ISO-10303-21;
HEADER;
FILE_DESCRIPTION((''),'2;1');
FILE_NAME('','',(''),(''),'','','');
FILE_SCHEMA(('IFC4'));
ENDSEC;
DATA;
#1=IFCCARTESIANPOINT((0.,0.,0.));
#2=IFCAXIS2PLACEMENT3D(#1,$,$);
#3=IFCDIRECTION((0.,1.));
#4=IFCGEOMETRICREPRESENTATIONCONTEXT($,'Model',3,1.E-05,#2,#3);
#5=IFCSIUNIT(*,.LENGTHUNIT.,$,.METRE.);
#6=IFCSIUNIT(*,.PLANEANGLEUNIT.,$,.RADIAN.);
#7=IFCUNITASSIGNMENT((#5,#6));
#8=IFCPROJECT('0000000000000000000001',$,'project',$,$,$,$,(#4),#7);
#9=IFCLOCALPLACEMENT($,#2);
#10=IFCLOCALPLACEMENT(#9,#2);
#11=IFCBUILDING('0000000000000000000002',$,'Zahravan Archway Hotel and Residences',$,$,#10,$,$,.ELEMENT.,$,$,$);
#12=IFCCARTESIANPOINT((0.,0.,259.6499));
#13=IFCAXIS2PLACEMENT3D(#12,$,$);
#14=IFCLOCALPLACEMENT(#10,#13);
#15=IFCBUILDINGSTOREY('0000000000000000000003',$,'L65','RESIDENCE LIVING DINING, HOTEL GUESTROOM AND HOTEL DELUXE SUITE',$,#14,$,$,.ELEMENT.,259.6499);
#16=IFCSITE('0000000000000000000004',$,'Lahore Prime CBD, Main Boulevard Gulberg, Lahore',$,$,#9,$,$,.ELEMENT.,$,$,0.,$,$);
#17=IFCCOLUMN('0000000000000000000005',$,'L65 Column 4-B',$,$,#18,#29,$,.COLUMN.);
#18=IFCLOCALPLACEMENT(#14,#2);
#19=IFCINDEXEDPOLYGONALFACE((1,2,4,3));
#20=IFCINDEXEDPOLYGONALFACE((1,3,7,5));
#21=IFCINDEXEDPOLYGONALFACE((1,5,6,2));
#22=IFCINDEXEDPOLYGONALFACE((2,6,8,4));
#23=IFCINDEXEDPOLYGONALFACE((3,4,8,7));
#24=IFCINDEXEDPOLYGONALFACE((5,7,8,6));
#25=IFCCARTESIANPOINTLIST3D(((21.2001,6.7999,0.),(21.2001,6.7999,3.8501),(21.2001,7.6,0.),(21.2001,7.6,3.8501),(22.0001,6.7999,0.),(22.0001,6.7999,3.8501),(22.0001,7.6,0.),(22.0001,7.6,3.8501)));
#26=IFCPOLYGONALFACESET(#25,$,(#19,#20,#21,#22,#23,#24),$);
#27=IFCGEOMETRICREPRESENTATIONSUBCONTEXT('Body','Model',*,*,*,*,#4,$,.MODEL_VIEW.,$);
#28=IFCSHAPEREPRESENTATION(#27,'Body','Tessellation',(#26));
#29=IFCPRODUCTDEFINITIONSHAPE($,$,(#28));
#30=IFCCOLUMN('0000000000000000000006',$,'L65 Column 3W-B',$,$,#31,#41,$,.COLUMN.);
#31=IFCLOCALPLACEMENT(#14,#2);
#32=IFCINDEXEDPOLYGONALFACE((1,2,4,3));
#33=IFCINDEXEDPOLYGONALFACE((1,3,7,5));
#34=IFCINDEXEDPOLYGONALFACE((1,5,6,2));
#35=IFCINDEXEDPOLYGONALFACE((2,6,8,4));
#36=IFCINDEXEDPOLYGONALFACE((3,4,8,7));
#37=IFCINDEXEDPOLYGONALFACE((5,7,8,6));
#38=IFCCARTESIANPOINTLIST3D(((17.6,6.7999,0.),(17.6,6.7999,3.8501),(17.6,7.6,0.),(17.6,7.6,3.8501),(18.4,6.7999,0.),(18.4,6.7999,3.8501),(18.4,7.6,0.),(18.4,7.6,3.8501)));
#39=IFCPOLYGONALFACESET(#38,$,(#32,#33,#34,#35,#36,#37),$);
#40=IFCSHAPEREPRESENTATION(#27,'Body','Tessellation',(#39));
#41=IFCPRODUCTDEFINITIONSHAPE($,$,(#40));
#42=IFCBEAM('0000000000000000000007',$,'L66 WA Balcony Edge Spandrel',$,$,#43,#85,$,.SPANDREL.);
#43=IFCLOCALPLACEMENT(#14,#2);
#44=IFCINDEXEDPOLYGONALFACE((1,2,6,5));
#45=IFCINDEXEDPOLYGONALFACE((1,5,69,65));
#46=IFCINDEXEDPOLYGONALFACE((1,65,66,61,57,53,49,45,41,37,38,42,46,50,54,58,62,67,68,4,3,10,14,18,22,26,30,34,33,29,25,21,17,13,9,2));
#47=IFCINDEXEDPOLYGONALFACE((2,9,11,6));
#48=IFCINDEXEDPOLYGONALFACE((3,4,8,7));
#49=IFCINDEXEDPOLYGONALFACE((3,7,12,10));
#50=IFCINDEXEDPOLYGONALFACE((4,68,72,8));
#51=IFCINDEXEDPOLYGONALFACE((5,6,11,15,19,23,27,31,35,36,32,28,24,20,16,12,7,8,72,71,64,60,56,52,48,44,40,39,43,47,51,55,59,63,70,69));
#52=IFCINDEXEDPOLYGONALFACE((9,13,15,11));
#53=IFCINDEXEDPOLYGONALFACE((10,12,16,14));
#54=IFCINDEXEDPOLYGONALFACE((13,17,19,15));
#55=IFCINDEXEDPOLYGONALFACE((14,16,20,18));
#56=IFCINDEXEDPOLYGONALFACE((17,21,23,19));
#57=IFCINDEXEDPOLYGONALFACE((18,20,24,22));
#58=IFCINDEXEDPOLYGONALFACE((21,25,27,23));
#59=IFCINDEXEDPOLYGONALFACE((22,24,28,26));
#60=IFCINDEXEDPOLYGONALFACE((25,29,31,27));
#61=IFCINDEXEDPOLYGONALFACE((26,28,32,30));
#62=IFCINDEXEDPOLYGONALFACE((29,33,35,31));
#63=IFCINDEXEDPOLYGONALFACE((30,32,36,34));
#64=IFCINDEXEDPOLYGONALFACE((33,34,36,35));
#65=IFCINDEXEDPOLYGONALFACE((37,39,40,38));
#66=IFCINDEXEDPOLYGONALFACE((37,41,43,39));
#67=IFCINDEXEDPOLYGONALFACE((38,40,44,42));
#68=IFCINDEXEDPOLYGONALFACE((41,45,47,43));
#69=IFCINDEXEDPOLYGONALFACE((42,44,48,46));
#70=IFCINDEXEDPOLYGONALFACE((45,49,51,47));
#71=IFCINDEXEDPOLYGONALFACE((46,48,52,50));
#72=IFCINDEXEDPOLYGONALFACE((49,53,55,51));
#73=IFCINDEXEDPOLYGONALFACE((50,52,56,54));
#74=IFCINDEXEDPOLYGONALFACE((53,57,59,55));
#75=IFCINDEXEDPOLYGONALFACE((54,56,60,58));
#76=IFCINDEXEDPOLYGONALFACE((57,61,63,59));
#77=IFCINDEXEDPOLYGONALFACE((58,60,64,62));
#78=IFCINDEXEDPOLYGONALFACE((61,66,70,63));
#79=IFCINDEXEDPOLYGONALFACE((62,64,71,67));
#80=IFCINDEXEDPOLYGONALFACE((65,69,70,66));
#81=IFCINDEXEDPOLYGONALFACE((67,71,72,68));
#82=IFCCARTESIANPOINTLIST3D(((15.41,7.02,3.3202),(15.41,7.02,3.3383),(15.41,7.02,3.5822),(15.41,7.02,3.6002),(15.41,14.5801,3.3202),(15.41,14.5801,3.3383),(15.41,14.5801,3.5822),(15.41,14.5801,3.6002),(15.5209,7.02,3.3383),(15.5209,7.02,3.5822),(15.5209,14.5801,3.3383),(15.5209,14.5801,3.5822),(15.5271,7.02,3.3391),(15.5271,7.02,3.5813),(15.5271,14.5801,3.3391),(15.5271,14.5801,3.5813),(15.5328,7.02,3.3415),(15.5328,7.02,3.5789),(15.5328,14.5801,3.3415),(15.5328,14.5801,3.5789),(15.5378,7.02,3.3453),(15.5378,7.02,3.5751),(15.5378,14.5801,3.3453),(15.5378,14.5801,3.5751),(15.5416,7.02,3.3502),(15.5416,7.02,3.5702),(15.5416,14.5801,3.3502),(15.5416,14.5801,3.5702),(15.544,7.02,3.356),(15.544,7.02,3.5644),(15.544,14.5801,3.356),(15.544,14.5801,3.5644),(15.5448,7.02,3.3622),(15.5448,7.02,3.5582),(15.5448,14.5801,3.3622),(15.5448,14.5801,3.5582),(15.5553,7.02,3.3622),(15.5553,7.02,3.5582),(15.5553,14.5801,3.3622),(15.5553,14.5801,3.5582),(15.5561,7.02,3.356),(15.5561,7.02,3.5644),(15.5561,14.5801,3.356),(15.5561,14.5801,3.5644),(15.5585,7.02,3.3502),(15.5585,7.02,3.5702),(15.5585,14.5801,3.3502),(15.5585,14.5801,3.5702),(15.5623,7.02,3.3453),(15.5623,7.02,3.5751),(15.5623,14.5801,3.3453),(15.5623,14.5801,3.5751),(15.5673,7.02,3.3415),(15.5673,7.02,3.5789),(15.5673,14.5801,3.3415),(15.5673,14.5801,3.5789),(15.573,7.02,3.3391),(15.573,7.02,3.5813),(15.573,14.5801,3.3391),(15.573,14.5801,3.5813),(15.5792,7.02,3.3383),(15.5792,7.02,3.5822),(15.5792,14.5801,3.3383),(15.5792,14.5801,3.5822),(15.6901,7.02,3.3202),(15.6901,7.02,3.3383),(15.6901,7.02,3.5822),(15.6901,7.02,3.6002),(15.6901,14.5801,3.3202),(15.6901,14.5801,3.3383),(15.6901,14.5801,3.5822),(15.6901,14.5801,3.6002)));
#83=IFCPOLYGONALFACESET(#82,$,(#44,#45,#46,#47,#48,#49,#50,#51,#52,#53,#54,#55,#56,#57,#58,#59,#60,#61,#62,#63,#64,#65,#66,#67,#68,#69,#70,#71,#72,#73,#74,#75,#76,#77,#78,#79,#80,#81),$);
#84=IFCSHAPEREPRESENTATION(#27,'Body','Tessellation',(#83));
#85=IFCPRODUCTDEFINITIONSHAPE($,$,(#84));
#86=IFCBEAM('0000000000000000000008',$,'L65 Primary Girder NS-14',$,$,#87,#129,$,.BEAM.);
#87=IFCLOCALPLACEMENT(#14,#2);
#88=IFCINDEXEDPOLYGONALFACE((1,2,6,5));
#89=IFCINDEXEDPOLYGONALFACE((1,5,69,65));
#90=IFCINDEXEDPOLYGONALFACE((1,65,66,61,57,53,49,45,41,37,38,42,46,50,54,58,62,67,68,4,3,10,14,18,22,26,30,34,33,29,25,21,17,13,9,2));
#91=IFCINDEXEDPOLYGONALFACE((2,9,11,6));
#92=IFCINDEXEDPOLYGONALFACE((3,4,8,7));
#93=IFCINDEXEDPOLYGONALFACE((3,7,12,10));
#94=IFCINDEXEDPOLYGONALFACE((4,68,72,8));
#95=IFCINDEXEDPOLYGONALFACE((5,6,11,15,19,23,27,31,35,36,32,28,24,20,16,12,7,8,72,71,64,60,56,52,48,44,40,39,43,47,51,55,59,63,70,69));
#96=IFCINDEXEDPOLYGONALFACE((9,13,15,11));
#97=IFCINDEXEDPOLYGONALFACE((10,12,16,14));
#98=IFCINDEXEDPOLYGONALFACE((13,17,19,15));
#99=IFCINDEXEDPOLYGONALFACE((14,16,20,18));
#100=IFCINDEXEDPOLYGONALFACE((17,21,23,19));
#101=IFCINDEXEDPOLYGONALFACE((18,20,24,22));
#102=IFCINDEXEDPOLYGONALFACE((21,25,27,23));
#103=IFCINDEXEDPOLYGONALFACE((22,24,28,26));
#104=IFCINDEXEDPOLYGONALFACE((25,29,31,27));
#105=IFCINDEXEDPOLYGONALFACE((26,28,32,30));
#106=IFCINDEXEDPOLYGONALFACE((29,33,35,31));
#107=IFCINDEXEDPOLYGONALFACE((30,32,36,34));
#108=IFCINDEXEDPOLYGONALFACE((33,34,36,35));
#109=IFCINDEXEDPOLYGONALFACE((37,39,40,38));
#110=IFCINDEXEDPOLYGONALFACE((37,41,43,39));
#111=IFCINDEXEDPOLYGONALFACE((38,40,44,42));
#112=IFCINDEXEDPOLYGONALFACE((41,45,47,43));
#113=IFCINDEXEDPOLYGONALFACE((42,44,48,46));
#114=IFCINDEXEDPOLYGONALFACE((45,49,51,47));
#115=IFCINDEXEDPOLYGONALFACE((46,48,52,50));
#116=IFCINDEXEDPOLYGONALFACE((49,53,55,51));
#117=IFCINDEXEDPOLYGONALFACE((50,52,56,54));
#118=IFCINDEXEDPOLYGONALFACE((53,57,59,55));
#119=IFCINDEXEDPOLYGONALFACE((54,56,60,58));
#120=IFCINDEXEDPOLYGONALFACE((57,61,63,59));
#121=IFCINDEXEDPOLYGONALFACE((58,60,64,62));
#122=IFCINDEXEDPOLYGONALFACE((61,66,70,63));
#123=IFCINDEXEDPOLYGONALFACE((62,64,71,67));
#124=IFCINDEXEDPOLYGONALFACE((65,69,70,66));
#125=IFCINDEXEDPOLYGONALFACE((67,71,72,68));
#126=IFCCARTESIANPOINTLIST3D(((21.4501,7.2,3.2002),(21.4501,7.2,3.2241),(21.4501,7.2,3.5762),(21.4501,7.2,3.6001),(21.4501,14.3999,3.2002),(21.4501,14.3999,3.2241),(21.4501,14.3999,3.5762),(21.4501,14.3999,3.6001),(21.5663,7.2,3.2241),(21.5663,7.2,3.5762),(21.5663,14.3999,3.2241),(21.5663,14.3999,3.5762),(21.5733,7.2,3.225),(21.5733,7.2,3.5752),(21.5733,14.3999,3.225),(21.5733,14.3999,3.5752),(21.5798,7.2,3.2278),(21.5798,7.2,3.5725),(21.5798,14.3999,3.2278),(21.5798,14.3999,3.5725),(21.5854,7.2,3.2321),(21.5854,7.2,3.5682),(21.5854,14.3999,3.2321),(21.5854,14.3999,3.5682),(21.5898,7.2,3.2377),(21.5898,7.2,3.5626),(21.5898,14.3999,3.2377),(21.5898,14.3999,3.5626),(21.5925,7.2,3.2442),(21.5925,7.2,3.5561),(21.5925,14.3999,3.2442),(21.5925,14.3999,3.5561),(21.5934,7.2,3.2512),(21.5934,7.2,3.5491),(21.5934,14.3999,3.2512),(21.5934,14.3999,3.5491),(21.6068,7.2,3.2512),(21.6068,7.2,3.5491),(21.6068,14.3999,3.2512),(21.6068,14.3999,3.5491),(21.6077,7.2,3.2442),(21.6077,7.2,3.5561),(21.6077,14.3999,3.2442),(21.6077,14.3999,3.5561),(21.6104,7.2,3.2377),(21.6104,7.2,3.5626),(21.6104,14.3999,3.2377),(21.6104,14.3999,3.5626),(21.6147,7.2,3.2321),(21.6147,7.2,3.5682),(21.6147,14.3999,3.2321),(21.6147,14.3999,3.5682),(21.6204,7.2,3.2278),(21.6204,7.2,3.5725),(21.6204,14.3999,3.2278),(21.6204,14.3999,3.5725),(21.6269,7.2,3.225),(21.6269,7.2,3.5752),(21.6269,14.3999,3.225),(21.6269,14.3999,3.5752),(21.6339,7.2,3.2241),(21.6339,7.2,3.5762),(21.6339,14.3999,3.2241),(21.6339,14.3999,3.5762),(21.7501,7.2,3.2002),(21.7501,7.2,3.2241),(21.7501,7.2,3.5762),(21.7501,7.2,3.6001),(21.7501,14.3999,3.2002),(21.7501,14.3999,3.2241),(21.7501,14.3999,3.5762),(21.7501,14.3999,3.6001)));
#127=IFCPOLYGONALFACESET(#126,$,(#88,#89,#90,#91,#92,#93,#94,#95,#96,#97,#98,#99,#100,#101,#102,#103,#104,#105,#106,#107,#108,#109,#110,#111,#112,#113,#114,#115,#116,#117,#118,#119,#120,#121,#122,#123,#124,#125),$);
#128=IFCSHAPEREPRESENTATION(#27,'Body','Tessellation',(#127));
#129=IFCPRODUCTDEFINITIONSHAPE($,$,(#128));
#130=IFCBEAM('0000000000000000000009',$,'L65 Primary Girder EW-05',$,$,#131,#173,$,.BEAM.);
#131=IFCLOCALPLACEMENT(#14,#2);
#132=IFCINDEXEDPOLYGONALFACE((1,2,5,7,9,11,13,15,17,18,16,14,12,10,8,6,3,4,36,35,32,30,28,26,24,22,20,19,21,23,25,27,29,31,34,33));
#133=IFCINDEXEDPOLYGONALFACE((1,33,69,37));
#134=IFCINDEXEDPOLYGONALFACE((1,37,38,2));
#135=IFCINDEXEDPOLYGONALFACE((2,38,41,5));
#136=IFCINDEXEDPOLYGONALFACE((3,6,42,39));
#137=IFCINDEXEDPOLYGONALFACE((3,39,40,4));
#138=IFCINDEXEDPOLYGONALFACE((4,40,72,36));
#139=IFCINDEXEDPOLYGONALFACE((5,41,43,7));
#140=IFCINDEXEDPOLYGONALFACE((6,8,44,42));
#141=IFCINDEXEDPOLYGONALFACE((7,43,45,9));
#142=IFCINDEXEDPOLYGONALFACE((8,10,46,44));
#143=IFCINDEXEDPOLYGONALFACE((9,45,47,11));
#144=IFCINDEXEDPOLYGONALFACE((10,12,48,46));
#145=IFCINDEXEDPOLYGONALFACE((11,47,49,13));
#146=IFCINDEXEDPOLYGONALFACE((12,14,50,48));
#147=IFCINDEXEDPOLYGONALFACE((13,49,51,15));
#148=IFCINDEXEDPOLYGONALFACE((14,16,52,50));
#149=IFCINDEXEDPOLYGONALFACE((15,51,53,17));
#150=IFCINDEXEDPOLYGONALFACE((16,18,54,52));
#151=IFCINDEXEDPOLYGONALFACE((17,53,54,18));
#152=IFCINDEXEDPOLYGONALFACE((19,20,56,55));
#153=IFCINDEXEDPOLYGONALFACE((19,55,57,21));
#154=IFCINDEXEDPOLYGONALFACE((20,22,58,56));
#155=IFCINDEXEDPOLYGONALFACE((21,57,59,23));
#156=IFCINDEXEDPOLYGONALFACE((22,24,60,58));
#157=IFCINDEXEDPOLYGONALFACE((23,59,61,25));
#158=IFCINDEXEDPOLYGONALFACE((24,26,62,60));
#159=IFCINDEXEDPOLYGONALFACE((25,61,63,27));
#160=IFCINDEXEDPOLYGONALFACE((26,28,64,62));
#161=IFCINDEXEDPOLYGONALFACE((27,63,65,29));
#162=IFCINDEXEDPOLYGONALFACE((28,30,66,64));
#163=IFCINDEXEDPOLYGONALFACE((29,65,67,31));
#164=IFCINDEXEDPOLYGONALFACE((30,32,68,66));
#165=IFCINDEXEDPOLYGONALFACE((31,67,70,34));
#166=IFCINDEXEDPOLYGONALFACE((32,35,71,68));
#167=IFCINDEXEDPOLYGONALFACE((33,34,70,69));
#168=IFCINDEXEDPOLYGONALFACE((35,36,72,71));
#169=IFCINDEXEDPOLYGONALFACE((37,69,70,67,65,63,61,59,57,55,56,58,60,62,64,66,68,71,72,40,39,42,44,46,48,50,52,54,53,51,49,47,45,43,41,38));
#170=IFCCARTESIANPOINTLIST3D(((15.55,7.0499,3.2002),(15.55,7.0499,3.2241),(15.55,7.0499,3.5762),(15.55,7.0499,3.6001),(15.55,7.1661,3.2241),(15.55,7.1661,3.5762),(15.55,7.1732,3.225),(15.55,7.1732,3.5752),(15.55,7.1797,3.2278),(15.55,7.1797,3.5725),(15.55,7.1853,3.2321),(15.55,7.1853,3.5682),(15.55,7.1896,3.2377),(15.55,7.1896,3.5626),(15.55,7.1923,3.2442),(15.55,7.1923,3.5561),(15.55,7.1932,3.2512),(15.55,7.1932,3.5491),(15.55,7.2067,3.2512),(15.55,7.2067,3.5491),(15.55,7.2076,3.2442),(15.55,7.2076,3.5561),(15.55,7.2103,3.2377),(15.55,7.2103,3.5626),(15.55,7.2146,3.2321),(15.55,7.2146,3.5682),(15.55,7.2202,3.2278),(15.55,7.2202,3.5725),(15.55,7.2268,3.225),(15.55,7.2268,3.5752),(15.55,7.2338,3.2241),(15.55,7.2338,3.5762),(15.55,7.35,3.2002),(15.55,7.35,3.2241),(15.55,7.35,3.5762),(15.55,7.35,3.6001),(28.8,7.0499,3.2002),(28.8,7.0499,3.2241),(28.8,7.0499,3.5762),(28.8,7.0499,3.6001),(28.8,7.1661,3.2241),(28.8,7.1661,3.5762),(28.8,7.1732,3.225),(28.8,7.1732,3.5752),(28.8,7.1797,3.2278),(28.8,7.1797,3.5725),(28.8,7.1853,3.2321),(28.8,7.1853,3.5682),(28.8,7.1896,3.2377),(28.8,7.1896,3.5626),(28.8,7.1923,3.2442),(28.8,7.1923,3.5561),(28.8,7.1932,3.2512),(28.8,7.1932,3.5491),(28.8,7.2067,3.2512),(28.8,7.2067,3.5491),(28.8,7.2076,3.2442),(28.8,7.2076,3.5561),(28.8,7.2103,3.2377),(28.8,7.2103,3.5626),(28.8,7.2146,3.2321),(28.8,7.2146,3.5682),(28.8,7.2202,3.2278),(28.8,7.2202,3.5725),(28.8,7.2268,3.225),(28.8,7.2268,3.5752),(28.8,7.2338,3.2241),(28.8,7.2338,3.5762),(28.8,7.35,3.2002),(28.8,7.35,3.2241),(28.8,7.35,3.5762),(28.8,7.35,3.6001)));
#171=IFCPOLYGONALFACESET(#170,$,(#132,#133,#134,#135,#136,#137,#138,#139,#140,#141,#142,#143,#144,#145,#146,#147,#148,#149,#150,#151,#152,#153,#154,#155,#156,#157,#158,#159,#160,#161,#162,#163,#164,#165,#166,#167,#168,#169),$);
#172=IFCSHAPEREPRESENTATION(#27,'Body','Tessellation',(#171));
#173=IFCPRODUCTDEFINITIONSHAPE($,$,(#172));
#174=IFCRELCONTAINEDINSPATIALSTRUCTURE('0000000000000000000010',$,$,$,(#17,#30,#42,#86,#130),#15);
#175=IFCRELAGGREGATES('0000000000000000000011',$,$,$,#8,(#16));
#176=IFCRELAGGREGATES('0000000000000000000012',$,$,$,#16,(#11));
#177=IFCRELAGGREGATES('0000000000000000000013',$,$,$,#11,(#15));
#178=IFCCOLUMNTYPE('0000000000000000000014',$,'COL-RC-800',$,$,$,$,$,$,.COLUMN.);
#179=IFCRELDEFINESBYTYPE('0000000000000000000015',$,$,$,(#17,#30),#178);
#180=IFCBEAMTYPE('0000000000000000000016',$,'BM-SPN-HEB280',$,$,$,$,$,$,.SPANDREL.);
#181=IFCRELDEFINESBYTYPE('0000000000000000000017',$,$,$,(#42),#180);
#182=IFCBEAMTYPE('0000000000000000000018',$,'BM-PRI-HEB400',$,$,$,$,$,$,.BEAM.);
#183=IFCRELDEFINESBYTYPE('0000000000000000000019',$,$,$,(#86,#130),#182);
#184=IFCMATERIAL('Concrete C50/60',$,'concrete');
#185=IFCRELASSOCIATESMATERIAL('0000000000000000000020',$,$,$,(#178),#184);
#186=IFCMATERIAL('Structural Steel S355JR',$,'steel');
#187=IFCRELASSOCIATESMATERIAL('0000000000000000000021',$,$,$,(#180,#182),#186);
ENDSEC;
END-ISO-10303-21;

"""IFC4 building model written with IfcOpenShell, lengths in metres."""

from ifc_helpers import new_model, si_unit, direction, frame, origin, origin_2d, place, context, subcontext, project, spatial, rectangle, i_section, extrude, source, transform, mapped, material, material_profile, profile_set, type_object, type_shapes, element, save


model = new_model("IFC4")

# Units and contexts
model_context = context("Model", 3, precision=1e-05, world=origin(), true_north=direction((0.0, 1.0)))
body_context = subcontext(model_context, "Body", "Model", "MODEL_VIEW")
ifc_project = project(units=[si_unit("LENGTHUNIT", "METRE"), si_unit("PLANEANGLEUNIT", "RADIAN")], contexts=[model_context])

# Site, building, storey
site_placement = place(None, origin())
site = spatial("IfcSite", under=ifc_project, at=site_placement, Name="Lahore Prime CBD, Main Boulevard Gulberg, Lahore", CompositionType="ELEMENT", RefElevation=0.0)
building_placement = place(site_placement, origin())
building = spatial("IfcBuilding", under=site, at=building_placement, Name="Zahravan Archway Hotel and Residences", CompositionType="ELEMENT")
storey_placement = place(building_placement, frame((0.0, 0.0, 259.6499)))
storey = spatial("IfcBuildingStorey", under=building, at=storey_placement, Name="L65", Description="RESIDENCE LIVING DINING, HOTEL GUESTROOM AND HOTEL DELUXE SUITE", CompositionType="ELEMENT", Elevation=259.6499)

# Columns
ifc_material_1 = material(Name="Concrete C50/60", Category="concrete")
ifc_material_profile_1 = material_profile(ifc_material_1, rectangle(XDim=0.8, YDim=0.8, at=origin_2d()), Name="RC-COL-800x800", Category="concrete")
ifc_profile_set_1 = profile_set([ifc_material_profile_1], Name="Concrete C50/60")
column_type = type_object("IfcColumnType", Name="COL-RC-800", PredefinedType="COLUMN", material=ifc_profile_set_1)
shared_shape_1 = source(origin(), body_context, "Body", "SweptSolid", [
    extrude(rectangle(XDim=0.8, YDim=0.8, at=origin_2d()), origin(), (0.0, 0.0, 1.0), 3.8501),
])
for number, where, z_axis, x_axis, name in (
    (1, (21.6001, 7.2, 0.0), (0.0, 0.0, 1.0), (1.0, 0.0, 0.0), "L65 Column 4-B"),
    (2, (18.0, 7.2, 0.0), (0.0, 0.0, 1.0), (1.0, 0.0, 0.0), "L65 Column 3W-B"),
):
    element("IfcColumn", number, at=place(storey_placement, frame(where, z_axis=z_axis, x_axis=x_axis)), inside=storey, type_object=column_type, Name=name, PredefinedType="COLUMN", context=body_context, shape_type="MappedRepresentation", body=[
        mapped(shared_shape_1, transform((0.0, 0.0, 0.0), scale=1.0)),
    ])

# Beams
ifc_material_2 = material(Name="Structural Steel S355JR", Category="steel")
ifc_material_profile_2 = material_profile(ifc_material_2, i_section(OverallWidth=0.28, OverallDepth=0.28, WebThickness=0.0105, FlangeThickness=0.0181, FilletRadius=0.0239, at=origin_2d()), Name="HEB 280", Category="steel")
ifc_profile_set_2 = profile_set([ifc_material_profile_2], Name="Structural Steel S355JR")
beam_type_1 = type_object("IfcBeamType", Name="BM-SPN-HEB280", PredefinedType="SPANDREL", material=ifc_profile_set_2)
shared_shape_2 = source(origin(), body_context, "Body", "SweptSolid", [
    extrude(i_section(OverallWidth=0.28, OverallDepth=0.28, WebThickness=0.0105, FlangeThickness=0.0181, FilletRadius=0.0239, at=origin_2d()), origin(), (0.0, 0.0, 1.0), 7.5601),
])
type_shapes(beam_type_1, [shared_shape_2])
beam_1_placement = place(storey_placement, frame((15.55, 7.02, 3.4602), z_axis=(0.0, 1.0, 0.0), x_axis=(-1.0, 0.0, 0.0)))
element("IfcBeam", 3, at=beam_1_placement, inside=storey, type_object=beam_type_1, Name="L66 WA Balcony Edge Spandrel", PredefinedType="SPANDREL", context=body_context, shape_type="MappedRepresentation", body=[
    mapped(shared_shape_2, transform((0.0, 0.0, 0.0), scale=1.0)),
])
ifc_material_profile_3 = material_profile(ifc_material_2, i_section(OverallWidth=0.3, OverallDepth=0.3999, WebThickness=0.0134, FlangeThickness=0.0239, FilletRadius=0.0271, at=origin_2d()), Name="HEB 400", Category="steel")
ifc_profile_set_3 = profile_set([ifc_material_profile_3], Name="Structural Steel S355JR")
beam_type_2 = type_object("IfcBeamType", Name="BM-PRI-HEB400", PredefinedType="BEAM", material=ifc_profile_set_3)
shared_shape_3 = source(origin(), body_context, "Body", "SweptSolid", [
    extrude(i_section(OverallWidth=0.3, OverallDepth=0.3999, WebThickness=0.0134, FlangeThickness=0.0239, FilletRadius=0.0271, at=origin_2d()), origin(), (0.0, 0.0, 1.0), 7.2),
])
type_shapes(beam_type_2, [shared_shape_3])
beam_2_placement = place(storey_placement, frame((21.6001, 7.2, 3.4001), z_axis=(0.0, 1.0, 0.0), x_axis=(-1.0, 0.0, 0.0)))
element("IfcBeam", 4, at=beam_2_placement, inside=storey, type_object=beam_type_2, Name="L65 Primary Girder NS-14", PredefinedType="BEAM", context=body_context, shape_type="MappedRepresentation", body=[
    mapped(shared_shape_3, transform((0.0, 0.0, 0.0), scale=1.0)),
])
shared_shape_4 = source(origin(), body_context, "Body", "SweptSolid", [
    extrude(i_section(OverallWidth=0.3, OverallDepth=0.3999, WebThickness=0.0134, FlangeThickness=0.0239, FilletRadius=0.0271, at=origin_2d()), origin(), (0.0, 0.0, 1.0), 13.25),
])
beam_3_placement = place(storey_placement, frame((15.55, 7.2, 3.4001), z_axis=(1.0, 0.0, 0.0), x_axis=(0.0, 1.0, 0.0)))
element("IfcBeam", 5, at=beam_3_placement, inside=storey, type_object=beam_type_2, Name="L65 Primary Girder EW-05", PredefinedType="BEAM", context=body_context, shape_type="MappedRepresentation", body=[
    mapped(shared_shape_4, transform((0.0, 0.0, 0.0), scale=1.0)),
])

save(model, "model.ifc")
